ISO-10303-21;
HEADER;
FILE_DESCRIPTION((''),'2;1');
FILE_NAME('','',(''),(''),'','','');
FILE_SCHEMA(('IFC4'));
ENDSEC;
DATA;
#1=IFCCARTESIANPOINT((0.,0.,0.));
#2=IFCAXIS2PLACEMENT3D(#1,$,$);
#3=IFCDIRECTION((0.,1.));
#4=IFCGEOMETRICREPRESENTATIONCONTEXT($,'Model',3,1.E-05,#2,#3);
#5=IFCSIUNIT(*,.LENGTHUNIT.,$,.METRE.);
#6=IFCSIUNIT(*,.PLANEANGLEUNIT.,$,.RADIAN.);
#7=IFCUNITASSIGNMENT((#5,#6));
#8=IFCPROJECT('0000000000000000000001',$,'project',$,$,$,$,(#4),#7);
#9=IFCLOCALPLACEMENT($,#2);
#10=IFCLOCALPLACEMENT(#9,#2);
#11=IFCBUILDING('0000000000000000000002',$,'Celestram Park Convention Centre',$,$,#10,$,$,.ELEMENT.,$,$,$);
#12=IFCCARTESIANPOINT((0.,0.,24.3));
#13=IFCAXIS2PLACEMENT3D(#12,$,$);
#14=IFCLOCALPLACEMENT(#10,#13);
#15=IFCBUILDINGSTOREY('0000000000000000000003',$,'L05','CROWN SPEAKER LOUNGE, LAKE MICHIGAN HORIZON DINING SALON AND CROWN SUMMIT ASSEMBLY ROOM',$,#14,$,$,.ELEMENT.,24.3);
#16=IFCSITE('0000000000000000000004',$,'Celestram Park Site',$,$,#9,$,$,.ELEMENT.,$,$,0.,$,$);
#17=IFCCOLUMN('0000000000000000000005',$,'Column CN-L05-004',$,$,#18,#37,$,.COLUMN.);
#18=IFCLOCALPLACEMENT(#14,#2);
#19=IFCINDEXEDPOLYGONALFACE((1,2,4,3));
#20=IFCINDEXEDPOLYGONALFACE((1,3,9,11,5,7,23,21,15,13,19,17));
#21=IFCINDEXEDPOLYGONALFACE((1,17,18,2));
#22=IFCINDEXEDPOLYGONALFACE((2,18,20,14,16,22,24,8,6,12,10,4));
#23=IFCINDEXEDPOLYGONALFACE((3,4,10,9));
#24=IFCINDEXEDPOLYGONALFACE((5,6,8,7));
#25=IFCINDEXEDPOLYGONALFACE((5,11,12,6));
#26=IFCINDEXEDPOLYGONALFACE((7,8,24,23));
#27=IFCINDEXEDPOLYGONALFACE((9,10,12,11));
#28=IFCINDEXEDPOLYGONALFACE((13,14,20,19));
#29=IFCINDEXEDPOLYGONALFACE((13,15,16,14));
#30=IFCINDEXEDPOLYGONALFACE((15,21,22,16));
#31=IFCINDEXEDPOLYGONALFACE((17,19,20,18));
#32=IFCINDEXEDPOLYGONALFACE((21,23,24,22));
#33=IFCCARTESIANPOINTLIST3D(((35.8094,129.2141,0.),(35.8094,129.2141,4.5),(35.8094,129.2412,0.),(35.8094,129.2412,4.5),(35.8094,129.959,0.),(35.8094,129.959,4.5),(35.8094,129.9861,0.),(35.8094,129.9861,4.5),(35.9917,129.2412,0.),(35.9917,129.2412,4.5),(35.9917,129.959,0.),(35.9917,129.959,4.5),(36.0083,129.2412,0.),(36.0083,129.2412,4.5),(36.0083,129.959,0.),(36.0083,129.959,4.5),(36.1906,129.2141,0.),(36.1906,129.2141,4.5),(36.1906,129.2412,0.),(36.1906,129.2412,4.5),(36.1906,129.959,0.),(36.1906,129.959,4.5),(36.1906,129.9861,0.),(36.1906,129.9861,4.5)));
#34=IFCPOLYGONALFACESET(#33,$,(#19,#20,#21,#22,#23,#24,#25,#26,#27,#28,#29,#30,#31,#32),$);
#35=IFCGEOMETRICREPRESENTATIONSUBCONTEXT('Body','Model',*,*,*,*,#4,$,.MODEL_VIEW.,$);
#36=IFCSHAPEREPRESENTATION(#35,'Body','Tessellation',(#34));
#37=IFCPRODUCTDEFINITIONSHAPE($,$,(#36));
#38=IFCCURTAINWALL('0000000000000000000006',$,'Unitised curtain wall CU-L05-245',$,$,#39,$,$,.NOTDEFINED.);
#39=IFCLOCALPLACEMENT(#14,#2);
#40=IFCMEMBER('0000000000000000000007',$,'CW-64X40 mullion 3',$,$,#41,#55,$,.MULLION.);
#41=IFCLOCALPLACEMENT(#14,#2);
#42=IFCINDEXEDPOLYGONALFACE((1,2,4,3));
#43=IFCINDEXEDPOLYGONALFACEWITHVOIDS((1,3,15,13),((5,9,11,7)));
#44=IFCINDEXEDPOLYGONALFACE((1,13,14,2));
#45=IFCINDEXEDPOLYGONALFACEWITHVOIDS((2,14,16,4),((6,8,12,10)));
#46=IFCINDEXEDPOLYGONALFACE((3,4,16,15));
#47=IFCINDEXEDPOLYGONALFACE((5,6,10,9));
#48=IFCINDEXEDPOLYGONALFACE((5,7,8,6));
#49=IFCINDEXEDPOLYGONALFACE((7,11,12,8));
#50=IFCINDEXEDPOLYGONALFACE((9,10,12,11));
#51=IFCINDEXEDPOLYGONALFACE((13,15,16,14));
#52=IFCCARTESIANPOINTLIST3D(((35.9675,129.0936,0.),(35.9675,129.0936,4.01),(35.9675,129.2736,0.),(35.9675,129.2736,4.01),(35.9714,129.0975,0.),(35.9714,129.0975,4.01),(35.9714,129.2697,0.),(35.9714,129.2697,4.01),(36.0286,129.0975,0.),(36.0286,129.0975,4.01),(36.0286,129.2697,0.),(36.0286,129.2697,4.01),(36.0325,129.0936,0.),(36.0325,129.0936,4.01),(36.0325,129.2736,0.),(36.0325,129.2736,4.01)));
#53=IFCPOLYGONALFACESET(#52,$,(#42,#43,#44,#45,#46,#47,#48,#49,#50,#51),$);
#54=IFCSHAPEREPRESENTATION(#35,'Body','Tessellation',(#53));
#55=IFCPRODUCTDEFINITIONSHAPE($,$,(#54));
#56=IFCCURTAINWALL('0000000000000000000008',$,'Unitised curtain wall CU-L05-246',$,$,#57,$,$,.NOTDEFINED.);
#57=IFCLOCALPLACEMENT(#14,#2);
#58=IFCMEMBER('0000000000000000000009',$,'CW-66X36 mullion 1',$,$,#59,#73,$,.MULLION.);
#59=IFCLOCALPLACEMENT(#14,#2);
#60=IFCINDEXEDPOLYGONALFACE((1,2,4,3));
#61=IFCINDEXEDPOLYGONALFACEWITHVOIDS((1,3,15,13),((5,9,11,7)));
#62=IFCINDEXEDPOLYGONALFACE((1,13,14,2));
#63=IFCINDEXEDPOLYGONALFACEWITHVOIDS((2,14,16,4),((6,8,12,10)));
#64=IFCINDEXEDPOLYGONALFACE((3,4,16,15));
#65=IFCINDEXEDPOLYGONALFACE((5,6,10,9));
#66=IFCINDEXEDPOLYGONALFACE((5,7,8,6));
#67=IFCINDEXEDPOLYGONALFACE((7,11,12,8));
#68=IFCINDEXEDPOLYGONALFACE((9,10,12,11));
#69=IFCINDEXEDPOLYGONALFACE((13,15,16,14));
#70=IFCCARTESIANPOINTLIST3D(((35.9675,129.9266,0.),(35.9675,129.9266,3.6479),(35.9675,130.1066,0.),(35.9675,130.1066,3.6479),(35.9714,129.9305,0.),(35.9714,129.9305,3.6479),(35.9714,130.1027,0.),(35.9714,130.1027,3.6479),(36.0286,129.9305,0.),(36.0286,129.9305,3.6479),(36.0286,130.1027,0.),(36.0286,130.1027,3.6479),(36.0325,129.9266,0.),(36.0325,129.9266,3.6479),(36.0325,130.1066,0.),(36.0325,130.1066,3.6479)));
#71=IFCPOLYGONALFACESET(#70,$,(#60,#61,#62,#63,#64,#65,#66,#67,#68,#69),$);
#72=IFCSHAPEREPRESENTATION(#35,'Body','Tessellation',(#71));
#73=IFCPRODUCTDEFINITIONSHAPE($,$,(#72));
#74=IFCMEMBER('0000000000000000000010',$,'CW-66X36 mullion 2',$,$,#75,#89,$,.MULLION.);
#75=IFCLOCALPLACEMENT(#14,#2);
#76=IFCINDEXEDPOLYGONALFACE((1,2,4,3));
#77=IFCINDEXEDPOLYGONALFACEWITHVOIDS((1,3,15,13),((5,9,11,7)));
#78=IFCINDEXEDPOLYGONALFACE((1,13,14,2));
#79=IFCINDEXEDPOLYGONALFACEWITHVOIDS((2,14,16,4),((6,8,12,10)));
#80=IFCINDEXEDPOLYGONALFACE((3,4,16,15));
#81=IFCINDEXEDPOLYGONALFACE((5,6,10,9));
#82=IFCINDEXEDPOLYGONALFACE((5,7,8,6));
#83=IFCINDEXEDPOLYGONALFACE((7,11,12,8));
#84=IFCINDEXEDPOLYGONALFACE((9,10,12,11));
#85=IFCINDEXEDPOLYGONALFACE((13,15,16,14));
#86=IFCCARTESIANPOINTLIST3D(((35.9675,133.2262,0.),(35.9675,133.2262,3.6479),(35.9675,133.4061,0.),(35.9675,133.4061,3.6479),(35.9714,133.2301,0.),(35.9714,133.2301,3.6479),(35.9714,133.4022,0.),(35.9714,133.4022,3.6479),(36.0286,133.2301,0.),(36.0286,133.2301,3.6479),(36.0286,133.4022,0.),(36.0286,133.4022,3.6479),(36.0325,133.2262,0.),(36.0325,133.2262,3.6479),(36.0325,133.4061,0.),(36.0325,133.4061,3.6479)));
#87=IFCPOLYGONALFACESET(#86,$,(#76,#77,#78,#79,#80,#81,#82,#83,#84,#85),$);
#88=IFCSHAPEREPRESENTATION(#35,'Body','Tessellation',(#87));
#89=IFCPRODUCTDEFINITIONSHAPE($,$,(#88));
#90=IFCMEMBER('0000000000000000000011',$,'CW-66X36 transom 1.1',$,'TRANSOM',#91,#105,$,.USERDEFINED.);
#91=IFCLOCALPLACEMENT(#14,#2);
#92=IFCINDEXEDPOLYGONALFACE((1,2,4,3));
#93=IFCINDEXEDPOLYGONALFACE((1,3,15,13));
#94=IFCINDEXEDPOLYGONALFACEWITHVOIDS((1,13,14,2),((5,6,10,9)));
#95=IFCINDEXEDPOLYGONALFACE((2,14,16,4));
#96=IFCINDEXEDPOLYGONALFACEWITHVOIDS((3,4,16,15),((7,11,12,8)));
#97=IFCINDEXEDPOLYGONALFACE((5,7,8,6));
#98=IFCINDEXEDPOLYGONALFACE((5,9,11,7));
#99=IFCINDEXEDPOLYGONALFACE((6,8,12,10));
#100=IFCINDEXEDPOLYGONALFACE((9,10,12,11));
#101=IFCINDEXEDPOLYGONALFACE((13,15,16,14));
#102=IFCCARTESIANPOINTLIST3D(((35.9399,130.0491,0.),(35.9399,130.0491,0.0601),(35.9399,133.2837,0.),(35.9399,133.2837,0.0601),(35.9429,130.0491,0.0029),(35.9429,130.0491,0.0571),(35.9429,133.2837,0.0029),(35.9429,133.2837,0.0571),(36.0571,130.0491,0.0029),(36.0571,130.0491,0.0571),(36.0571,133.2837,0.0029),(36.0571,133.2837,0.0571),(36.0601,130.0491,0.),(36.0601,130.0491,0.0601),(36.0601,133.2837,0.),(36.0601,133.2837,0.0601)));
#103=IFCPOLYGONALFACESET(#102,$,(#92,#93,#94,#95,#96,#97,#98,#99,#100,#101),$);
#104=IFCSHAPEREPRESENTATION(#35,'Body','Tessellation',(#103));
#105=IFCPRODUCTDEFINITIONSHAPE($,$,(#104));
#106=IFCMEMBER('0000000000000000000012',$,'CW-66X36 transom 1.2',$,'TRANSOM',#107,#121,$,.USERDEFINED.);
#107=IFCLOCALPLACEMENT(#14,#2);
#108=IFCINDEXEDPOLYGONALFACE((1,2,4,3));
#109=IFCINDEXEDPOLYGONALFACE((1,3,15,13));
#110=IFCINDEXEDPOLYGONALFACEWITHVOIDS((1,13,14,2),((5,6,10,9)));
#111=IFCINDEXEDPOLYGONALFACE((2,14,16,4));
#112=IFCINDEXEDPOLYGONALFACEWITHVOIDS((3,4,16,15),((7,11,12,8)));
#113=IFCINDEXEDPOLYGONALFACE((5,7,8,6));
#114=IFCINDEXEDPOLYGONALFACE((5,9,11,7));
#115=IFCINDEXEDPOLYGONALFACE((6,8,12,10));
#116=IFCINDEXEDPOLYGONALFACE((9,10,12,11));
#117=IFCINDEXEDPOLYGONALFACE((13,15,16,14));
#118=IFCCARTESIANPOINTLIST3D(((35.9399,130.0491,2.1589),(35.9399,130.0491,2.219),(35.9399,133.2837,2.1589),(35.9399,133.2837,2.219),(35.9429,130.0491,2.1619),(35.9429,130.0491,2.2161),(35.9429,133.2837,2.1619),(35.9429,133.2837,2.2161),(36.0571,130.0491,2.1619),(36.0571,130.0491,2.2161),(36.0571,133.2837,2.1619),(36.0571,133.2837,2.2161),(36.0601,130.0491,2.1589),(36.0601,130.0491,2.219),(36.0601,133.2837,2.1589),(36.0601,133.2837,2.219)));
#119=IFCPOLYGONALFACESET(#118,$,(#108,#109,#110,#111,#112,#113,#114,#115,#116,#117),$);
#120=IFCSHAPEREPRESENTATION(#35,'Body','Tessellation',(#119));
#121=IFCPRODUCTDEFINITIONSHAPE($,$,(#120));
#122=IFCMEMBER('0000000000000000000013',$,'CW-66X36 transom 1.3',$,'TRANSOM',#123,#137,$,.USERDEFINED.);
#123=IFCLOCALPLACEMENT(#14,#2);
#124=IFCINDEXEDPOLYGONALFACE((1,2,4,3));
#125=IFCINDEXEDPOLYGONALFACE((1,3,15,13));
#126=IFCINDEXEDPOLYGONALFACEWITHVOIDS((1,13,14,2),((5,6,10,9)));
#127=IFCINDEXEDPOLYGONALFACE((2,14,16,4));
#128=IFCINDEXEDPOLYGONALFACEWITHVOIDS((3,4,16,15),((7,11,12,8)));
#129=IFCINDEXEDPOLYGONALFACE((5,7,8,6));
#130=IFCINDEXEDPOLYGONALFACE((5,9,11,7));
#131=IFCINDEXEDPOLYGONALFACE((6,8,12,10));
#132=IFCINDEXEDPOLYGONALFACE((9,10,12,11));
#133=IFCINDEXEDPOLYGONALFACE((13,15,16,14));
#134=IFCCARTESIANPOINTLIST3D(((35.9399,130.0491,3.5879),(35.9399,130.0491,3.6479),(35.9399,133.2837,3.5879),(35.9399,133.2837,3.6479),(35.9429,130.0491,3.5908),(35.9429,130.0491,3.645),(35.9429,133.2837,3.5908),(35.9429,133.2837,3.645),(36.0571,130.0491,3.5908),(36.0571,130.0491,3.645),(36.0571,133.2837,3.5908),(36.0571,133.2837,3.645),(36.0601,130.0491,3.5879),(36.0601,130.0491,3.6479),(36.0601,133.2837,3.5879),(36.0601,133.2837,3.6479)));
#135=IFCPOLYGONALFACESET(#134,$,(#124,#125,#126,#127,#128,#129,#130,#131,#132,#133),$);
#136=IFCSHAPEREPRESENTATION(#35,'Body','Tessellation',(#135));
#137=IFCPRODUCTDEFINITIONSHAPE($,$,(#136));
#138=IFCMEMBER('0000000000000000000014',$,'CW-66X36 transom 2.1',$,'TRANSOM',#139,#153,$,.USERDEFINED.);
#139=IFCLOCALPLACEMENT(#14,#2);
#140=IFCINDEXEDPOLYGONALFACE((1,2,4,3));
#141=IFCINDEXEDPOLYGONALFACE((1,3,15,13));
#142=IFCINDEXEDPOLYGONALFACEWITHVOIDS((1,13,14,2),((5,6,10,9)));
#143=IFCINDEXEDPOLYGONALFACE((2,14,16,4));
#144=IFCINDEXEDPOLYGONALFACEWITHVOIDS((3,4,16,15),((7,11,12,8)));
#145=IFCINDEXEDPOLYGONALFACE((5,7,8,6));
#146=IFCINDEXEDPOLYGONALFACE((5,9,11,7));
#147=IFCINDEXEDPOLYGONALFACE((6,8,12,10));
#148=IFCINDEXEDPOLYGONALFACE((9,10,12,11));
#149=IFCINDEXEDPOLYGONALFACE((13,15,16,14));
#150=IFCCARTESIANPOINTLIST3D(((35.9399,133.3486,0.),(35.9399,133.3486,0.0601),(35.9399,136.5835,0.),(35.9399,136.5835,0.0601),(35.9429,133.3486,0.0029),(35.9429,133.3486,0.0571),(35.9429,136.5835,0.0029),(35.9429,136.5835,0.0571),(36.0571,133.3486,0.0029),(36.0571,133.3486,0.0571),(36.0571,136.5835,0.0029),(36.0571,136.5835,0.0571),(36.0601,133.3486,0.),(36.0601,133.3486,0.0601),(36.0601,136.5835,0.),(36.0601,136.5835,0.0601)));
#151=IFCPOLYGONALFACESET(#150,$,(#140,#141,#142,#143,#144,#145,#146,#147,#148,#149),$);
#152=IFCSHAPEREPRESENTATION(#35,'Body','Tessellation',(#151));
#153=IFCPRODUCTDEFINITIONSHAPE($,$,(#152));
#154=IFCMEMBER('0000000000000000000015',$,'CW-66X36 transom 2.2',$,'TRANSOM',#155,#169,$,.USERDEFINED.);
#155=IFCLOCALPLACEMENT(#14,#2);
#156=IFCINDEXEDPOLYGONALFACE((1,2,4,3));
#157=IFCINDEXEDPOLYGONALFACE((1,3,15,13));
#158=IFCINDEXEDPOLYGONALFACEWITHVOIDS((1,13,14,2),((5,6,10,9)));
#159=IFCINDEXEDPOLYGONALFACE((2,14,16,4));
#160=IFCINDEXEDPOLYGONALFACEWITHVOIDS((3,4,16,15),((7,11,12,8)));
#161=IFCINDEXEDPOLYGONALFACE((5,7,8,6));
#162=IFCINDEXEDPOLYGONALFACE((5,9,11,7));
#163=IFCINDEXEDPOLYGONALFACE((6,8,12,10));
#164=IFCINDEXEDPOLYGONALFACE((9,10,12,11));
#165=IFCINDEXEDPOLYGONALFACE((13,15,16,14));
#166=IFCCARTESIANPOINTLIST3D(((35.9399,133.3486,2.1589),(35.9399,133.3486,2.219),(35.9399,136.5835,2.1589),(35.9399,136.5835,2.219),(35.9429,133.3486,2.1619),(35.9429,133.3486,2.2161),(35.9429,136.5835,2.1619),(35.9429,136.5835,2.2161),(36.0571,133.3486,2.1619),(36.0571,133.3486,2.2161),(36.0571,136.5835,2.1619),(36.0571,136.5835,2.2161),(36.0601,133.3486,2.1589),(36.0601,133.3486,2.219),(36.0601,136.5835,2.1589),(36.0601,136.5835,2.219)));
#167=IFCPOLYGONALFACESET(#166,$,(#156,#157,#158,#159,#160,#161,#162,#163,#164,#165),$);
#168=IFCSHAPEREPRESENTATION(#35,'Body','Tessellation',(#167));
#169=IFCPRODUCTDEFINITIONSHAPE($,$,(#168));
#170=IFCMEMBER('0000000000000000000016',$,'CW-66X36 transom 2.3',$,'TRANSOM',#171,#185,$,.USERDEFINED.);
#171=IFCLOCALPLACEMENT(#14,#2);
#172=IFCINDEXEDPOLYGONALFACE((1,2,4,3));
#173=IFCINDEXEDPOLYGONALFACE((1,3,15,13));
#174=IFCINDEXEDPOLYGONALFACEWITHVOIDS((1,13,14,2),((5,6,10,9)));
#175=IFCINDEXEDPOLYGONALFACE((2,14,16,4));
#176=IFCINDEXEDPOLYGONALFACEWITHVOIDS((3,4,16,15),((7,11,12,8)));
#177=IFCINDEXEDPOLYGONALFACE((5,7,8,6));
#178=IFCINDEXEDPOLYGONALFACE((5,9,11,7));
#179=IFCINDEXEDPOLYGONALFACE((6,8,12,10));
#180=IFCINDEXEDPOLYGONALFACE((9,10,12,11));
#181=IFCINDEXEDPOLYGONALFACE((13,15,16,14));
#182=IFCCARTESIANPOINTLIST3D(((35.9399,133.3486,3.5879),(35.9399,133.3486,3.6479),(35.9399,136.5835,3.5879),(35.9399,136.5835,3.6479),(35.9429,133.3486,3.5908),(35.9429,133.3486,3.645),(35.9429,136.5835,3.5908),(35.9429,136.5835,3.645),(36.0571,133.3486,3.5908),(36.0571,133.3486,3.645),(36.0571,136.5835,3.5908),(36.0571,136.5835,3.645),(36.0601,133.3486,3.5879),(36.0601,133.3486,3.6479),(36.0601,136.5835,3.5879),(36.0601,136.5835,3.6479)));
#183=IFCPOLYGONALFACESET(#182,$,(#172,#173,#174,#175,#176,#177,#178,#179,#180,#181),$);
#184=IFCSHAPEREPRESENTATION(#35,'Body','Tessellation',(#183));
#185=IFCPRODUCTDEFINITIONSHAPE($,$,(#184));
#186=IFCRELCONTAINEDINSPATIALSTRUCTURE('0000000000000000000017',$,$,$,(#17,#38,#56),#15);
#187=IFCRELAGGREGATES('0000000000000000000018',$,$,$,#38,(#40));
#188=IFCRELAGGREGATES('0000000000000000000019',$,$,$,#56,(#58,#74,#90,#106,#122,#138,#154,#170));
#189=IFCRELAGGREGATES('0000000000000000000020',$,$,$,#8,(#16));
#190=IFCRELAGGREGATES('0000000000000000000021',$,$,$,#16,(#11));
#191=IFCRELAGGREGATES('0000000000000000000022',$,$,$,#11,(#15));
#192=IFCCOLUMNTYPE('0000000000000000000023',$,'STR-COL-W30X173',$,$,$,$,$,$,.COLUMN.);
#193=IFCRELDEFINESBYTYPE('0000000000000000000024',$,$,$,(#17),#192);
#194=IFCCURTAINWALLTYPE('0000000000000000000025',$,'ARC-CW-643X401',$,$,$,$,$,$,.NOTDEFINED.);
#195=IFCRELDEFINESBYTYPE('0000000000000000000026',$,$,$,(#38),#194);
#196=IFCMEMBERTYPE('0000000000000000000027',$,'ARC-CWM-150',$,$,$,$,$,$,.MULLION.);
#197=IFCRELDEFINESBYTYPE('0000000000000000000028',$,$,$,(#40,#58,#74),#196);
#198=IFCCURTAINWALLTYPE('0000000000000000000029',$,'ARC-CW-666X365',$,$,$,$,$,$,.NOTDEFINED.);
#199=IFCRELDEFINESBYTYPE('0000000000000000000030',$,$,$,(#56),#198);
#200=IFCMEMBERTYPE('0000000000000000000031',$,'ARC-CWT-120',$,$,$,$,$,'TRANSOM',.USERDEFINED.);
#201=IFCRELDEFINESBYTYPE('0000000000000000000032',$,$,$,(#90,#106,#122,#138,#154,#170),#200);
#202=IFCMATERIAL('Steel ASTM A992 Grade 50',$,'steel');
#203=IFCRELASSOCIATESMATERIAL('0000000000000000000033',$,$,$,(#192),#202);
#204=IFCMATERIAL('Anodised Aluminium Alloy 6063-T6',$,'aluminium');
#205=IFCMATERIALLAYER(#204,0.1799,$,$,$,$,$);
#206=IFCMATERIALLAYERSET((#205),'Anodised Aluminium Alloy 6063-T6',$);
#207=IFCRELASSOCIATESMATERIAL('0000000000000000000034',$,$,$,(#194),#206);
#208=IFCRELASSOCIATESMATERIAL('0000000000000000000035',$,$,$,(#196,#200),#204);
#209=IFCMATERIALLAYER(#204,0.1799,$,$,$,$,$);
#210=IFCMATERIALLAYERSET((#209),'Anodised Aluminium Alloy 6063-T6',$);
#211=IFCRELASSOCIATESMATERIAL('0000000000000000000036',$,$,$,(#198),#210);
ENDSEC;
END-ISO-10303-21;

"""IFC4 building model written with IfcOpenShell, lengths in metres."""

from ifc_helpers import new_model, si_unit, direction, frame, origin, origin_2d, place, context, subcontext, project, spatial, hollow_rectangle, i_section, extrude, material, layer, layer_set, material_profile, profile_set, type_object, element, aggregate, save


model = new_model("IFC4")

# Units and contexts
model_context = context("Model", 3, precision=1e-05, world=origin(), true_north=direction((0.0, 1.0)))
body_context = subcontext(model_context, "Body", "Model", "MODEL_VIEW")
ifc_project = project(units=[si_unit("LENGTHUNIT", "METRE"), si_unit("PLANEANGLEUNIT", "RADIAN")], contexts=[model_context])

# Site, building, storey
site_placement = place(None, origin())
site = spatial("IfcSite", under=ifc_project, at=site_placement, Name="Celestram Park Site", CompositionType="ELEMENT", RefElevation=0.0)
building_placement = place(site_placement, origin())
building = spatial("IfcBuilding", under=site, at=building_placement, Name="Celestram Park Convention Centre", CompositionType="ELEMENT")
storey_placement = place(building_placement, frame((0.0, 0.0, 24.3)))
storey = spatial("IfcBuildingStorey", under=building, at=storey_placement, Name="L05", Description="CROWN SPEAKER LOUNGE, LAKE MICHIGAN HORIZON DINING SALON AND CROWN SUMMIT ASSEMBLY ROOM", CompositionType="ELEMENT", Elevation=24.3)

# Column
ifc_material_1 = material(Name="Steel ASTM A992 Grade 50", Category="steel")
ifc_material_profile_1 = material_profile(ifc_material_1, i_section(OverallWidth=0.3811, OverallDepth=0.772, WebThickness=0.0166, FlangeThickness=0.0271, at=origin_2d()), Name="W30X173")
ifc_profile_set_1 = profile_set([ifc_material_profile_1], Name="Steel ASTM A992 Grade 50")
column_type = type_object("IfcColumnType", Name="STR-COL-W30X173", PredefinedType="COLUMN", material=ifc_profile_set_1)
column_placement = place(storey_placement, frame((36.0, 129.6001, 0.0), z_axis=(0.0, 0.0, 1.0), x_axis=(1.0, 0.0, 0.0)))
element("IfcColumn", 1, at=column_placement, inside=storey, type_object=column_type, Name="Column CN-L05-004", PredefinedType="COLUMN", context=body_context, shape_type="SweptSolid", body=[
    extrude(i_section(OverallWidth=0.3811, OverallDepth=0.772, WebThickness=0.0166, FlangeThickness=0.0271, at=origin_2d()), origin(), (0.0, 0.0, 1.0), 4.5),
])

# Curtain wall, member
ifc_material_2 = material(Name="Anodised Aluminium Alloy 6063-T6", Category="aluminium")
ifc_layer_1 = layer(ifc_material_2, 0.1799)
ifc_layer_set_1 = layer_set([ifc_layer_1], Name="Anodised Aluminium Alloy 6063-T6")
curtain_wall_type_1 = type_object("IfcCurtainWallType", Name="ARC-CW-643X401", PredefinedType="NOTDEFINED", material=ifc_layer_set_1)
curtain_wall_1_placement = place(storey_placement, origin())
curtain_wall_1 = element("IfcCurtainWall", 2, at=curtain_wall_1_placement, inside=storey, type_object=curtain_wall_type_1, Name="Unitised curtain wall CU-L05-245", PredefinedType="NOTDEFINED")
ifc_material_profile_2 = material_profile(ifc_material_2, hollow_rectangle(XDim=0.0649, YDim=0.1799, WallThickness=0.0039, at=origin_2d()), Name="ALU65X180X4")
ifc_profile_set_2 = profile_set([ifc_material_profile_2], Name="Anodised Aluminium Alloy 6063-T6")
member_type_1 = type_object("IfcMemberType", Name="ARC-CWM-150", PredefinedType="MULLION", material=ifc_profile_set_2)
member_1_placement = place(storey_placement, frame((36.0, 129.1836, 0.0), z_axis=(0.0, 0.0, 1.0), x_axis=(-1.0, 0.0, 0.0)))
member_1 = element("IfcMember", 3, at=member_1_placement, type_object=member_type_1, Name="CW-64X40 mullion 3", PredefinedType="MULLION", context=body_context, shape_type="SweptSolid", body=[
    extrude(hollow_rectangle(XDim=0.0649, YDim=0.1799, WallThickness=0.0039, at=origin_2d()), origin(), (0.0, 0.0, 1.0), 4.01),
])

# Curtain wall, members
ifc_layer_2 = layer(ifc_material_2, 0.1799)
ifc_layer_set_2 = layer_set([ifc_layer_2], Name="Anodised Aluminium Alloy 6063-T6")
curtain_wall_type_2 = type_object("IfcCurtainWallType", Name="ARC-CW-666X365", PredefinedType="NOTDEFINED", material=ifc_layer_set_2)
curtain_wall_2_placement = place(storey_placement, origin())
curtain_wall_2 = element("IfcCurtainWall", 4, at=curtain_wall_2_placement, inside=storey, type_object=curtain_wall_type_2, Name="Unitised curtain wall CU-L05-246", PredefinedType="NOTDEFINED")
member_2_placement = place(storey_placement, frame((36.0, 130.0166, 0.0), z_axis=(0.0, 0.0, 1.0), x_axis=(-1.0, 0.0, 0.0)))
member_2 = element("IfcMember", 5, at=member_2_placement, type_object=member_type_1, Name="CW-66X36 mullion 1", PredefinedType="MULLION", context=body_context, shape_type="SweptSolid", body=[
    extrude(hollow_rectangle(XDim=0.0649, YDim=0.1799, WallThickness=0.0039, at=origin_2d()), origin(), (0.0, 0.0, 1.0), 3.6479),
])
member_3_placement = place(storey_placement, frame((36.0, 133.3162, 0.0), z_axis=(0.0, 0.0, 1.0), x_axis=(-1.0, 0.0, 0.0)))
member_3 = element("IfcMember", 6, at=member_3_placement, type_object=member_type_1, Name="CW-66X36 mullion 2", PredefinedType="MULLION", context=body_context, shape_type="SweptSolid", body=[
    extrude(hollow_rectangle(XDim=0.0649, YDim=0.1799, WallThickness=0.0039, at=origin_2d()), origin(), (0.0, 0.0, 1.0), 3.6479),
])
ifc_material_profile_3 = material_profile(ifc_material_2, hollow_rectangle(XDim=0.1201, YDim=0.0601, WallThickness=0.0029, at=origin_2d()), Name="ALU120X60X3")
ifc_profile_set_3 = profile_set([ifc_material_profile_3], Name="Anodised Aluminium Alloy 6063-T6")
member_type_2 = type_object("IfcMemberType", Name="ARC-CWT-120", ElementType="TRANSOM", PredefinedType="USERDEFINED", material=ifc_profile_set_3)
member_4_placement = place(storey_placement, frame((36.0, 130.0491, 0.03), z_axis=(0.0, 1.0, 0.0), x_axis=(-1.0, 0.0, 0.0)))
member_4 = element("IfcMember", 7, at=member_4_placement, type_object=member_type_2, Name="CW-66X36 transom 1.1", ObjectType="TRANSOM", PredefinedType="USERDEFINED", context=body_context, shape_type="SweptSolid", body=[
    extrude(hollow_rectangle(XDim=0.1201, YDim=0.0601, WallThickness=0.0029, at=origin_2d()), origin(), (0.0, 0.0, 1.0), 3.2346),
])
member_5_placement = place(storey_placement, frame((36.0, 130.0491, 2.189), z_axis=(0.0, 1.0, 0.0), x_axis=(-1.0, 0.0, 0.0)))
member_5 = element("IfcMember", 8, at=member_5_placement, type_object=member_type_2, Name="CW-66X36 transom 1.2", ObjectType="TRANSOM", PredefinedType="USERDEFINED", context=body_context, shape_type="SweptSolid", body=[
    extrude(hollow_rectangle(XDim=0.1201, YDim=0.0601, WallThickness=0.0029, at=origin_2d()), origin(), (0.0, 0.0, 1.0), 3.2346),
])
member_6_placement = place(storey_placement, frame((36.0, 130.0491, 3.6179), z_axis=(0.0, 1.0, 0.0), x_axis=(-1.0, 0.0, 0.0)))
member_6 = element("IfcMember", 9, at=member_6_placement, type_object=member_type_2, Name="CW-66X36 transom 1.3", ObjectType="TRANSOM", PredefinedType="USERDEFINED", context=body_context, shape_type="SweptSolid", body=[
    extrude(hollow_rectangle(XDim=0.1201, YDim=0.0601, WallThickness=0.0029, at=origin_2d()), origin(), (0.0, 0.0, 1.0), 3.2346),
])
member_7_placement = place(storey_placement, frame((36.0, 133.3486, 0.03), z_axis=(0.0, 1.0, 0.0), x_axis=(-1.0, 0.0, 0.0)))
member_7 = element("IfcMember", 10, at=member_7_placement, type_object=member_type_2, Name="CW-66X36 transom 2.1", ObjectType="TRANSOM", PredefinedType="USERDEFINED", context=body_context, shape_type="SweptSolid", body=[
    extrude(hollow_rectangle(XDim=0.1201, YDim=0.0601, WallThickness=0.0029, at=origin_2d()), origin(), (0.0, 0.0, 1.0), 3.2349),
])
member_8_placement = place(storey_placement, frame((36.0, 133.3486, 2.189), z_axis=(0.0, 1.0, 0.0), x_axis=(-1.0, 0.0, 0.0)))
member_8 = element("IfcMember", 11, at=member_8_placement, type_object=member_type_2, Name="CW-66X36 transom 2.2", ObjectType="TRANSOM", PredefinedType="USERDEFINED", context=body_context, shape_type="SweptSolid", body=[
    extrude(hollow_rectangle(XDim=0.1201, YDim=0.0601, WallThickness=0.0029, at=origin_2d()), origin(), (0.0, 0.0, 1.0), 3.2349),
])
member_9_placement = place(storey_placement, frame((36.0, 133.3486, 3.6179), z_axis=(0.0, 1.0, 0.0), x_axis=(-1.0, 0.0, 0.0)))
member_9 = element("IfcMember", 12, at=member_9_placement, type_object=member_type_2, Name="CW-66X36 transom 2.3", ObjectType="TRANSOM", PredefinedType="USERDEFINED", context=body_context, shape_type="SweptSolid", body=[
    extrude(hollow_rectangle(XDim=0.1201, YDim=0.0601, WallThickness=0.0029, at=origin_2d()), origin(), (0.0, 0.0, 1.0), 3.2349),
])

aggregate(curtain_wall_1, [member_1])
aggregate(curtain_wall_2, [member_2, member_3, member_4, member_5, member_6, member_7, member_8, member_9])

save(model, "model.ifc")
